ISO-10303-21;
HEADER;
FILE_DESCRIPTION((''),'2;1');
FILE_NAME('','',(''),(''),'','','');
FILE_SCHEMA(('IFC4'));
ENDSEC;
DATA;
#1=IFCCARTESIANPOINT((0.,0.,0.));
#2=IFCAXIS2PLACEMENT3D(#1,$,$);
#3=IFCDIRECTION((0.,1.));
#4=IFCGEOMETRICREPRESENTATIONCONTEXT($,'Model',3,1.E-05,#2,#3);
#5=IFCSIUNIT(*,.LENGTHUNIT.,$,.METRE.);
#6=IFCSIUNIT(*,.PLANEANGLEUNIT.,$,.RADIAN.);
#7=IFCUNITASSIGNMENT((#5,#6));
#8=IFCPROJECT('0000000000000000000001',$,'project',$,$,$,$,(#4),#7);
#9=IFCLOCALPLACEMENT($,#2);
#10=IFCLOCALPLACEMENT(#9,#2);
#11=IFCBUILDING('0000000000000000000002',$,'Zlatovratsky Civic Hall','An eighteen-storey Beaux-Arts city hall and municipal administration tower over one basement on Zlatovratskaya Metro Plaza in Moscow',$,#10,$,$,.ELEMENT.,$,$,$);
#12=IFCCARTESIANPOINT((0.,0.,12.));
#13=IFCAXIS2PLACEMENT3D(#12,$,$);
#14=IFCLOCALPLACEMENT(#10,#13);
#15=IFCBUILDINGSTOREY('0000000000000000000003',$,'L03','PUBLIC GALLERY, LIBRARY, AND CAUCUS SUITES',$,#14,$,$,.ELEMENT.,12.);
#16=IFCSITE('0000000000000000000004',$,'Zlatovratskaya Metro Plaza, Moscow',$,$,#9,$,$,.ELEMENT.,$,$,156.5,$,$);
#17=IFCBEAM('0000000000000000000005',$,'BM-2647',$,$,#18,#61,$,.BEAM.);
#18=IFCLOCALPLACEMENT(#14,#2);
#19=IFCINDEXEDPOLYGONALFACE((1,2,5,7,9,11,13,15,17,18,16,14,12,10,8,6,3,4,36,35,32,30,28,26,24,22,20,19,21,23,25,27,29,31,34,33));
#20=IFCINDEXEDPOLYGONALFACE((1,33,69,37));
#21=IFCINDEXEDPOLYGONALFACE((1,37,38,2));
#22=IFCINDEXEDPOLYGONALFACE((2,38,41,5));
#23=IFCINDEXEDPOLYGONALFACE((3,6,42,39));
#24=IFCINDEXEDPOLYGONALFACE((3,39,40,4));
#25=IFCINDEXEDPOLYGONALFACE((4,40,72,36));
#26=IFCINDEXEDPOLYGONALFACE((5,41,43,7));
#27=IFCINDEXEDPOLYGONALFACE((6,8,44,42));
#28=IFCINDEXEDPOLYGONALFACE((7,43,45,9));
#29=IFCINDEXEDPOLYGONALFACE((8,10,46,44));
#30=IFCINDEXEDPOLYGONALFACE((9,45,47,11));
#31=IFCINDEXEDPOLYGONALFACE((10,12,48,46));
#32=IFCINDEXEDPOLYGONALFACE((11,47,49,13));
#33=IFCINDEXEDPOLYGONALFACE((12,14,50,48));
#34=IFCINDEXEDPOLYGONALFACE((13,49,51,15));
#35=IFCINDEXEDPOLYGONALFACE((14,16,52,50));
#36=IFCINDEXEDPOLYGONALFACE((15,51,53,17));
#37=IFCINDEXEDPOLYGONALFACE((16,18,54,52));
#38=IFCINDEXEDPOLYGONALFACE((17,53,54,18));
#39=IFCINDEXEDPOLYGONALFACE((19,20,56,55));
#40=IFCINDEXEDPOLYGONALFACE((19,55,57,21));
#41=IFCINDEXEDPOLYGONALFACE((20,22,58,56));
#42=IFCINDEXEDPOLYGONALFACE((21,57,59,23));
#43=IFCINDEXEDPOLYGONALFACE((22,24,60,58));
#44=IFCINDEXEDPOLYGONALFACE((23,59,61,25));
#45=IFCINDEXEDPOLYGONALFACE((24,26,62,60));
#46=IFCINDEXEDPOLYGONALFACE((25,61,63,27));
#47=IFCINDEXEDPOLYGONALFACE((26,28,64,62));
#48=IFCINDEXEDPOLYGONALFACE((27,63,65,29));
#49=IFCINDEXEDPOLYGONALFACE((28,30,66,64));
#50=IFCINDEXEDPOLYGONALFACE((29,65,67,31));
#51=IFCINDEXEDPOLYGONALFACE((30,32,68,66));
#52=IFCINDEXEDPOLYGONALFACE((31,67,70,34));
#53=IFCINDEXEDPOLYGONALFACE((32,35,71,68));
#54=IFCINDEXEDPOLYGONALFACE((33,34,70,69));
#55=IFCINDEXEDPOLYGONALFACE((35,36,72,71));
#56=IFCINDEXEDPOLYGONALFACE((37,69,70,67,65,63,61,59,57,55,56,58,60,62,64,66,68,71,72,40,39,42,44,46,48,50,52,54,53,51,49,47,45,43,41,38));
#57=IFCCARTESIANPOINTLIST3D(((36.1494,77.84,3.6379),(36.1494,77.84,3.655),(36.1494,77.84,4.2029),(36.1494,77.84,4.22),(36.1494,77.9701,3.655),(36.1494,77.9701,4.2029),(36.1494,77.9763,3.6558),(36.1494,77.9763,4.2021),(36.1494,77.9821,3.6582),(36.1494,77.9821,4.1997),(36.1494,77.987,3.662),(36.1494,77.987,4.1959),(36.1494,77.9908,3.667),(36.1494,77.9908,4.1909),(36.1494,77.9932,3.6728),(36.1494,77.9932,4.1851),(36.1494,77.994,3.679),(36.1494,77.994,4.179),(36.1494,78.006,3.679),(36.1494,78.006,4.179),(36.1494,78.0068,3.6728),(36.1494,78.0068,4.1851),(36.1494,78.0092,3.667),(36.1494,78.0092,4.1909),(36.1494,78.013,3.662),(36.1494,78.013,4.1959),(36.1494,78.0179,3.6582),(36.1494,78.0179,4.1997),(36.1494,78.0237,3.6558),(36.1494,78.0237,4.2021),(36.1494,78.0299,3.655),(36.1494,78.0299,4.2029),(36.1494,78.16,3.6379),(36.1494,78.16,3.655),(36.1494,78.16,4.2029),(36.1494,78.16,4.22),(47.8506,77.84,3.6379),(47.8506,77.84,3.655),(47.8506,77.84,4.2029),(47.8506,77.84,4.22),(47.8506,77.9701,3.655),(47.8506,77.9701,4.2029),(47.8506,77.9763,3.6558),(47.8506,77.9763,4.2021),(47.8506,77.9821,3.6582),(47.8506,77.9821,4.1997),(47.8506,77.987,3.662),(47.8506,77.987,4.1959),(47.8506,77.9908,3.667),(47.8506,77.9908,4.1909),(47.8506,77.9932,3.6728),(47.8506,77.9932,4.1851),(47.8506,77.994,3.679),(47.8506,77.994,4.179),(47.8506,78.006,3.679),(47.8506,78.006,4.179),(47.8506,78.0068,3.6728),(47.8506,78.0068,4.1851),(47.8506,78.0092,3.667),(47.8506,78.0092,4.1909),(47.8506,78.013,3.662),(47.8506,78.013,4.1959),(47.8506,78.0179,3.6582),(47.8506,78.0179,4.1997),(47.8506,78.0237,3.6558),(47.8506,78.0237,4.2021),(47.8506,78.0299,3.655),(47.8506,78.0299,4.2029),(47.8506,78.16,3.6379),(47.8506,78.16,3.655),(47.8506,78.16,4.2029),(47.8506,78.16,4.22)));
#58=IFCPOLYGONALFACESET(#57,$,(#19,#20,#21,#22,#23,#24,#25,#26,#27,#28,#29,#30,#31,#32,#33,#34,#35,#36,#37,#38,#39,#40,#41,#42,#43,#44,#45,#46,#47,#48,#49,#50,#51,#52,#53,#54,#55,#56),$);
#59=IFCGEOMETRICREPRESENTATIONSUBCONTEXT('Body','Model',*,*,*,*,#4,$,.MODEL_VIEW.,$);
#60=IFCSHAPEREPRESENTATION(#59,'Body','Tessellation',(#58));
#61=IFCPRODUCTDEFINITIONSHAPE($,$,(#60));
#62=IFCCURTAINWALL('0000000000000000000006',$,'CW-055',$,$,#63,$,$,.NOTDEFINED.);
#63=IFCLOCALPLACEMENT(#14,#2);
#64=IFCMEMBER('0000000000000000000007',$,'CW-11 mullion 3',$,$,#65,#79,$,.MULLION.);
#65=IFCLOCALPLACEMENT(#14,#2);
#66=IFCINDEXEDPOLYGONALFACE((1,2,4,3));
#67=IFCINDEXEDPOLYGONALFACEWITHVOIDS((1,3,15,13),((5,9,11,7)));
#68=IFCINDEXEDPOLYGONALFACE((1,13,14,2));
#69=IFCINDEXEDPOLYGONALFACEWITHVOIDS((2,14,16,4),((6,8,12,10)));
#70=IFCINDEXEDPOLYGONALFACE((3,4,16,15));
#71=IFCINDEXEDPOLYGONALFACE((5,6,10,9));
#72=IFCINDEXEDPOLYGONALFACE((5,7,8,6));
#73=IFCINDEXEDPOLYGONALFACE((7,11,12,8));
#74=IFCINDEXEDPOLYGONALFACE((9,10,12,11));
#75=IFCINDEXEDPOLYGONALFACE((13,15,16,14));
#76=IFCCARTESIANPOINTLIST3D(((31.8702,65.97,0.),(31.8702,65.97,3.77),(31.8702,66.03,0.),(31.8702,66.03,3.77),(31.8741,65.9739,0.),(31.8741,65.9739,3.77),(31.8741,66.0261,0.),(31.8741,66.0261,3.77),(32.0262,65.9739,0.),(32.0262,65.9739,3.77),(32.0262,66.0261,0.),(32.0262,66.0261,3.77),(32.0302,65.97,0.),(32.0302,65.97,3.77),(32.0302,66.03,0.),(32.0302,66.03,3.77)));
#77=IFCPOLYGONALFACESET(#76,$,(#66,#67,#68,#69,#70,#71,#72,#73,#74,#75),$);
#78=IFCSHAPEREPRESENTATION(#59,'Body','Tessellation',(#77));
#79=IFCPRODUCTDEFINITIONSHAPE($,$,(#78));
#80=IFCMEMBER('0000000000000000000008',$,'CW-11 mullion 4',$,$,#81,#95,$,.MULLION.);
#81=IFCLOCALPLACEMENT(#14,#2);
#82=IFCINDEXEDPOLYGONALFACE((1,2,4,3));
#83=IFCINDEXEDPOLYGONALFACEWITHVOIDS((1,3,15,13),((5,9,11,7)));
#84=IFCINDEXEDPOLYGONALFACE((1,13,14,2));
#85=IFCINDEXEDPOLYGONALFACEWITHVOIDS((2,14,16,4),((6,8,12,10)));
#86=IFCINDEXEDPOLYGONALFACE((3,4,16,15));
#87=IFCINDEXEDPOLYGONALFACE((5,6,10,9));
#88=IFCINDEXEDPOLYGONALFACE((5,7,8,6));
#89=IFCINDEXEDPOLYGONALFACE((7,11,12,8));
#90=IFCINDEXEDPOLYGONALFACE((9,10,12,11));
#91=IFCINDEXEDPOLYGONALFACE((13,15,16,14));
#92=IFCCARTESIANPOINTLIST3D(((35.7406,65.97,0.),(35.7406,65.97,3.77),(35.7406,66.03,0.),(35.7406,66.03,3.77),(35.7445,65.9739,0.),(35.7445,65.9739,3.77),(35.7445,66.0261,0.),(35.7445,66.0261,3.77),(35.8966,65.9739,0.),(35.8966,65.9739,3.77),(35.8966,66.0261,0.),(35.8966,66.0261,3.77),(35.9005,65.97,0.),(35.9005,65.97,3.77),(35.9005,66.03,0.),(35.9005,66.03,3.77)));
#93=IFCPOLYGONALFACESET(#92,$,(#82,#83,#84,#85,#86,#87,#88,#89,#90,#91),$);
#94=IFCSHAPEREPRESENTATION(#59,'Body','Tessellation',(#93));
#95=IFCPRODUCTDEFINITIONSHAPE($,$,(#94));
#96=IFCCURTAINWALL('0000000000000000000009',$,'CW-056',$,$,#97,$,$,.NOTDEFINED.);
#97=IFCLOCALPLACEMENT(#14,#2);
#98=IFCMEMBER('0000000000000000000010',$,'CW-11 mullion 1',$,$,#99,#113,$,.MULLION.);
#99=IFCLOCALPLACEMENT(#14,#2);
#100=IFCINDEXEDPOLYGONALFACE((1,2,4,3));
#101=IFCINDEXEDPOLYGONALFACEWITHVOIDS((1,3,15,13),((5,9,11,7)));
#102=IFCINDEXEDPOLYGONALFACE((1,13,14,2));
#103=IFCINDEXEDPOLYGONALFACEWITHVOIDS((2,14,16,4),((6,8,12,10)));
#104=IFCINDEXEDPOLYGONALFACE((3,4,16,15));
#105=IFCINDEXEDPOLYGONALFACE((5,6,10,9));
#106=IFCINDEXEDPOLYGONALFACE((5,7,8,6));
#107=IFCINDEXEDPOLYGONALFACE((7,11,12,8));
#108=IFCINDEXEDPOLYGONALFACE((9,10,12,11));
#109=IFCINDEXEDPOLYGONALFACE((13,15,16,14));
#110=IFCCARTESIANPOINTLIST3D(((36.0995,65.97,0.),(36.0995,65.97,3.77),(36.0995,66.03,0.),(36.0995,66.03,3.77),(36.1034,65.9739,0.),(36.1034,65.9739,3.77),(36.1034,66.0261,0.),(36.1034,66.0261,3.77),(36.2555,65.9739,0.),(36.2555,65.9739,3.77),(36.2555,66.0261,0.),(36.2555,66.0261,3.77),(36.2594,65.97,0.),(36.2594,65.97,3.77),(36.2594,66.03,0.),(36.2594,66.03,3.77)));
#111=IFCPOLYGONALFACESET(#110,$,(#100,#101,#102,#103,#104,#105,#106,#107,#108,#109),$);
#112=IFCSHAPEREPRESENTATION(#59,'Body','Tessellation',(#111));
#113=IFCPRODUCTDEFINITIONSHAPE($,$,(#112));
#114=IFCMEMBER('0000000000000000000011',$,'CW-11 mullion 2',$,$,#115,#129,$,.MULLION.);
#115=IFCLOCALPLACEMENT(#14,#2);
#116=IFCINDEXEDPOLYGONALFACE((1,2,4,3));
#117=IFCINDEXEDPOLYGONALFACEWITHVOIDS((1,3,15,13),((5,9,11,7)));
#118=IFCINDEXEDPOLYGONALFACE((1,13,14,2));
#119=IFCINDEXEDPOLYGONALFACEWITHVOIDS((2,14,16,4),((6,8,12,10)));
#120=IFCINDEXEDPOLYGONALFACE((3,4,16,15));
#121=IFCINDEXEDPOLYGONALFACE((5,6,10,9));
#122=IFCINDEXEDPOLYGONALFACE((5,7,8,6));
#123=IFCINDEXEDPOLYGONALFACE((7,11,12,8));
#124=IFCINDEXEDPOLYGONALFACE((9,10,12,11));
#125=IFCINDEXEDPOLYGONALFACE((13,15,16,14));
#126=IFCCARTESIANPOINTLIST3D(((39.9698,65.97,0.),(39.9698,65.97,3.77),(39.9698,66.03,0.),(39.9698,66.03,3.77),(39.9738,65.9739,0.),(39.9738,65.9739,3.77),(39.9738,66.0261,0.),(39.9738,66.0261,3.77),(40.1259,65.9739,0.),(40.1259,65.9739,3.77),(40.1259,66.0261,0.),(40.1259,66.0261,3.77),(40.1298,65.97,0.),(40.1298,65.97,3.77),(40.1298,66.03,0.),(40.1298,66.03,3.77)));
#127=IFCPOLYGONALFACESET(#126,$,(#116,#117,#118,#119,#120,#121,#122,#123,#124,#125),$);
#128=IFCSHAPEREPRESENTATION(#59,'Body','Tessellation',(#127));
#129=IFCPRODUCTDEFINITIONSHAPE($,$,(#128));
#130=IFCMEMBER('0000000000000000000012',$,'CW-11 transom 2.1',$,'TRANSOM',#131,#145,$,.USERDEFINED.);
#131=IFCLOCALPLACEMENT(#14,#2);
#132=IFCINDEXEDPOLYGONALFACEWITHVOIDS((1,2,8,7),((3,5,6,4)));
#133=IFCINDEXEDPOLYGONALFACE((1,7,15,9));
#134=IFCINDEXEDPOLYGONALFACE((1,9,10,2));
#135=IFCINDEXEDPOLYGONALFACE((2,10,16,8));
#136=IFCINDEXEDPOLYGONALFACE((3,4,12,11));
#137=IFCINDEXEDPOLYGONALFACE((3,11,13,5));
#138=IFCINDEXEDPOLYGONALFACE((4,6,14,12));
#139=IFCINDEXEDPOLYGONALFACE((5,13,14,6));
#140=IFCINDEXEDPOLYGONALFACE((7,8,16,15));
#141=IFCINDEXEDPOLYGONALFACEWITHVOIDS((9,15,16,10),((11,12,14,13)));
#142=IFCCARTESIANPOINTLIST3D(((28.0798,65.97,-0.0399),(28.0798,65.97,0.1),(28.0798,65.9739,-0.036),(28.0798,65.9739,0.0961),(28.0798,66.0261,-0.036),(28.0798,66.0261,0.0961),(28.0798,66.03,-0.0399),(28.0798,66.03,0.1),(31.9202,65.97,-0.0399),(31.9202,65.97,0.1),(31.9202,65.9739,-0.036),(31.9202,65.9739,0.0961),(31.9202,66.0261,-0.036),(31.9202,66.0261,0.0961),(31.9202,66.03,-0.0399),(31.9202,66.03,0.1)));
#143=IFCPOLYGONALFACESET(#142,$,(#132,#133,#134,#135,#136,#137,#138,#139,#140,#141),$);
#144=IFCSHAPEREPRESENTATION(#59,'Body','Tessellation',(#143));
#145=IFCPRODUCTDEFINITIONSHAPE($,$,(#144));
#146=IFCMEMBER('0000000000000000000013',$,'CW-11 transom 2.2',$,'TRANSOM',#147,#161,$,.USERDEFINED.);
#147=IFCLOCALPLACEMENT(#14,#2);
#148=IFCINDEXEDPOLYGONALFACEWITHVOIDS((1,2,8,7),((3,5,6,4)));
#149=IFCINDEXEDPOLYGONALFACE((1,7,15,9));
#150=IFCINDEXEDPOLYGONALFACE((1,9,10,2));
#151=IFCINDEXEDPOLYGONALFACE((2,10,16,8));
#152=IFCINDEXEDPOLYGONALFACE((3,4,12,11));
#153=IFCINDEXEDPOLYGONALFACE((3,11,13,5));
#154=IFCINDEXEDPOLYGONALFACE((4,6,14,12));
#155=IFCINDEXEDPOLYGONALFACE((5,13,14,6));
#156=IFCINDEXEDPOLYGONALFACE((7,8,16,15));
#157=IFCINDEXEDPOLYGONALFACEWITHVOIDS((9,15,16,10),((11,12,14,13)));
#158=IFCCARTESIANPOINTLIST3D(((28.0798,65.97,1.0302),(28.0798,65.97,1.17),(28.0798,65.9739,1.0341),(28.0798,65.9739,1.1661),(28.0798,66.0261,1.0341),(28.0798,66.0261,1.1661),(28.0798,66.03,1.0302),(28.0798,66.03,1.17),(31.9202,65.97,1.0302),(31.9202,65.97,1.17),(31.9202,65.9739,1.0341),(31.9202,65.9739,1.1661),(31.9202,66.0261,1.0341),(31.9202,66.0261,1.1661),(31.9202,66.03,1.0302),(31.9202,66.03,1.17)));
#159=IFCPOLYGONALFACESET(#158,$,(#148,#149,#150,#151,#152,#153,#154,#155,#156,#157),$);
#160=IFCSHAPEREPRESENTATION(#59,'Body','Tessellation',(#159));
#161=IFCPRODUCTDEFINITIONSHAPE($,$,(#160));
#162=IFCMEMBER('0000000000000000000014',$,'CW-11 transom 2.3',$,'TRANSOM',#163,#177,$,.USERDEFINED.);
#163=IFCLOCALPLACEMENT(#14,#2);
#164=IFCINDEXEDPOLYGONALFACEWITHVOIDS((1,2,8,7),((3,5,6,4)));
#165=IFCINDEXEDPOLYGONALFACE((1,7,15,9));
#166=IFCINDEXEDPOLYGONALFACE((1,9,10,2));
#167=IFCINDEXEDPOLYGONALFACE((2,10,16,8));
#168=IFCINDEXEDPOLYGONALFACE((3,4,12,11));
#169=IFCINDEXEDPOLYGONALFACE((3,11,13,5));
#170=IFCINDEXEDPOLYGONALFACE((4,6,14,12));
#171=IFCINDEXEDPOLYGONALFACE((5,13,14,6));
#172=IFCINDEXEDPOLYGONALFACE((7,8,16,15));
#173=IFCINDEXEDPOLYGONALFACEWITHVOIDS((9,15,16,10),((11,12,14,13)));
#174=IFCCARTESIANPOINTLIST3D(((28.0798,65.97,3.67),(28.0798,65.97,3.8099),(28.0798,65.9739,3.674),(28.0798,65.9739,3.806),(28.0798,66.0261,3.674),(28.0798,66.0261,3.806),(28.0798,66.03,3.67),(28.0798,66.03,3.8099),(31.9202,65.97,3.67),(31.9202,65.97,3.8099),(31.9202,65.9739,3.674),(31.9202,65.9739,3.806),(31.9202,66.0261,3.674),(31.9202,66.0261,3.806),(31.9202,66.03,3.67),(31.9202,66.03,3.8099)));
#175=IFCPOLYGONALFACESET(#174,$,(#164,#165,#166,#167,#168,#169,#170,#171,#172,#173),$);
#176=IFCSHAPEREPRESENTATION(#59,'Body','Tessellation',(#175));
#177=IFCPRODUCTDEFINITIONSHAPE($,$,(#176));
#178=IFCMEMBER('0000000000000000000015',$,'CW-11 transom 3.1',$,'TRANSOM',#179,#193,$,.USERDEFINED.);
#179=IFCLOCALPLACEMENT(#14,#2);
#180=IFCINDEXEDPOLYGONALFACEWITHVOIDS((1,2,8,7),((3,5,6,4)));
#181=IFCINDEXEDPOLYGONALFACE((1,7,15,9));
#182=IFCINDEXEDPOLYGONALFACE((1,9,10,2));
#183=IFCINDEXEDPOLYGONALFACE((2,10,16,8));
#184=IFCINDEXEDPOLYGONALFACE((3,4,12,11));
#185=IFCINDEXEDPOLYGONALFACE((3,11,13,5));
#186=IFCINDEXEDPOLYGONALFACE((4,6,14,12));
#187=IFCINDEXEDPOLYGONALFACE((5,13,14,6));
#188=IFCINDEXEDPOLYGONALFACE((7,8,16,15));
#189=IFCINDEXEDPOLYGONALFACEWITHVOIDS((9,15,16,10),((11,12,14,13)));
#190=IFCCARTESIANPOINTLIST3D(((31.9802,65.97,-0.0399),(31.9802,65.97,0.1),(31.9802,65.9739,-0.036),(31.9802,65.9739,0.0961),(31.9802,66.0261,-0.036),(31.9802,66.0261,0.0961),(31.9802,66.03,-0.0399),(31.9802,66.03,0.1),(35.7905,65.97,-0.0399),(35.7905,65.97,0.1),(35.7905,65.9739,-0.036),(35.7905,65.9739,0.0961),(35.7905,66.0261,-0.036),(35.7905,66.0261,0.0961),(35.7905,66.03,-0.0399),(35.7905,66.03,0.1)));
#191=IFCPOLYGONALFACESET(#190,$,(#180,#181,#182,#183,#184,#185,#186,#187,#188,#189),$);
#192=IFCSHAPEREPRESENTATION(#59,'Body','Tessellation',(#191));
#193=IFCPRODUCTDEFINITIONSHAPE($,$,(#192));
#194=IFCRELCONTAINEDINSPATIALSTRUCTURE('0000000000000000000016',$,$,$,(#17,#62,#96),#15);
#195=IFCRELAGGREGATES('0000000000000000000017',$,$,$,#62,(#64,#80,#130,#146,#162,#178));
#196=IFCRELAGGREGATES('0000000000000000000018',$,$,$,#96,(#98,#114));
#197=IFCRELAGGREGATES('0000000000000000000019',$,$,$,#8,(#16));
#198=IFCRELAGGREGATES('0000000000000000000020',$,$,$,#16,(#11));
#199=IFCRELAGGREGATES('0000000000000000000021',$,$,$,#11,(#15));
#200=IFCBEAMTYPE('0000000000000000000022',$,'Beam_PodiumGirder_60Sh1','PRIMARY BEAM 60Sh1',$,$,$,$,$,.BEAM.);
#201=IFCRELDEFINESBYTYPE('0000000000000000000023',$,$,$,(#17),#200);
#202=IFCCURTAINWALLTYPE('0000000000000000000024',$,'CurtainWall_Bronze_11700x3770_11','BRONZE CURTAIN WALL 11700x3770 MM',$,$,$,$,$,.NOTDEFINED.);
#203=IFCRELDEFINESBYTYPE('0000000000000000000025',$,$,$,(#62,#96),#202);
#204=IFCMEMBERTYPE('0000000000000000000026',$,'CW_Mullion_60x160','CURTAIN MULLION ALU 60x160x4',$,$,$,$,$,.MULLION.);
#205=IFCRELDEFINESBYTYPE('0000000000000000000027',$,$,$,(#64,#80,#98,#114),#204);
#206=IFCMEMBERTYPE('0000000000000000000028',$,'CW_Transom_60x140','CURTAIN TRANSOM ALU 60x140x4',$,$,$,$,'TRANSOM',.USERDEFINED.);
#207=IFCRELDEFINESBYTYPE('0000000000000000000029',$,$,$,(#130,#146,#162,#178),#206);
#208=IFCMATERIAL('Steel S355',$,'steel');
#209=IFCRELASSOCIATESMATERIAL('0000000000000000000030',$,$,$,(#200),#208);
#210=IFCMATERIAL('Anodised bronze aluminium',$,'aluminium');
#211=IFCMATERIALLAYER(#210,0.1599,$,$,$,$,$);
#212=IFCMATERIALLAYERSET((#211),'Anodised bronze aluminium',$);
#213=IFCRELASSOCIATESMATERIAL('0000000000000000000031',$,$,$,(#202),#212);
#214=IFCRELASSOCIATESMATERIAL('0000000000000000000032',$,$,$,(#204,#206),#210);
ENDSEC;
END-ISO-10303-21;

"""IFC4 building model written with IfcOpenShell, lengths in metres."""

from ifc_helpers import new_model, si_unit, direction, frame, origin, origin_2d, place, context, subcontext, project, spatial, hollow_rectangle, i_section, extrude, material, layer, layer_set, material_profile, profile_set, type_object, element, aggregate, save


model = new_model("IFC4")

# Units and contexts
model_context = context("Model", 3, precision=1e-05, world=origin(), true_north=direction((0.0, 1.0)))
body_context = subcontext(model_context, "Body", "Model", "MODEL_VIEW")
ifc_project = project(units=[si_unit("LENGTHUNIT", "METRE"), si_unit("PLANEANGLEUNIT", "RADIAN")], contexts=[model_context])

# Site, building, storey
site_placement = place(None, origin())
site = spatial("IfcSite", under=ifc_project, at=site_placement, Name="Zlatovratskaya Metro Plaza, Moscow", CompositionType="ELEMENT", RefElevation=156.5)
building_placement = place(site_placement, origin())
building = spatial("IfcBuilding", under=site, at=building_placement, Name="Zlatovratsky Civic Hall", Description="An eighteen-storey Beaux-Arts city hall and municipal administration tower over one basement on Zlatovratskaya Metro Plaza in Moscow", CompositionType="ELEMENT")
storey_placement = place(building_placement, frame((0.0, 0.0, 12.0)))
storey = spatial("IfcBuildingStorey", under=building, at=storey_placement, Name="L03", Description="PUBLIC GALLERY, LIBRARY, AND CAUCUS SUITES", CompositionType="ELEMENT", Elevation=12.0)

# Shared definitions
ifc_material_1 = material(Name="Steel S355", Category="steel")

# Beam
ifc_material_profile_1 = material_profile(ifc_material_1, i_section(OverallWidth=0.3201, OverallDepth=0.582, WebThickness=0.012, FlangeThickness=0.0171, FilletRadius=0.0239, at=origin_2d()), Name="60Sh1")
ifc_profile_set_1 = profile_set([ifc_material_profile_1], Name="Steel S355")
beam_type_1 = type_object("IfcBeamType", Name="Beam_PodiumGirder_60Sh1", Description="PRIMARY BEAM 60Sh1", PredefinedType="BEAM", material=ifc_profile_set_1)
for number, where, z_axis, x_axis, name in (
    (1, (36.1494, 78.0, 3.929), (1.0, 0.0, 0.0), (0.0, 1.0, 0.0), "BM-2647"),
):
    element("IfcBeam", number, at=place(storey_placement, frame(where, z_axis=z_axis, x_axis=x_axis)), inside=storey, type_object=beam_type_1, Name=name, PredefinedType="BEAM", context=body_context, shape_type="SweptSolid", body=[
        extrude(i_section(OverallWidth=0.3201, OverallDepth=0.582, WebThickness=0.012, FlangeThickness=0.0171, FilletRadius=0.0239, at=origin_2d()), origin(), (0.0, 0.0, 1.0), 11.7012),
    ])

# Curtain walls, members
ifc_material_2 = material(Name="Anodised bronze aluminium", Category="aluminium")
ifc_layer_1 = layer(ifc_material_2, 0.1599)
ifc_layer_set_1 = layer_set([ifc_layer_1], Name="Anodised bronze aluminium")
curtain_wall_type = type_object("IfcCurtainWallType", Name="CurtainWall_Bronze_11700x3770_11", Description="BRONZE CURTAIN WALL 11700x3770 MM", PredefinedType="NOTDEFINED", material=ifc_layer_set_1)
curtain_wall_1_placement = place(storey_placement, origin())
curtain_wall_1 = element("IfcCurtainWall", 2, at=curtain_wall_1_placement, inside=storey, type_object=curtain_wall_type, Name="CW-055", PredefinedType="NOTDEFINED")
ifc_material_profile_2 = material_profile(ifc_material_2, hollow_rectangle(XDim=0.0601, YDim=0.1599, WallThickness=0.0039, at=origin_2d()), Name="ALU 60x160x4")
ifc_profile_set_2 = profile_set([ifc_material_profile_2], Name="Anodised bronze aluminium")
member_type_1 = type_object("IfcMemberType", Name="CW_Mullion_60x160", Description="CURTAIN MULLION ALU 60x160x4", PredefinedType="MULLION", material=ifc_profile_set_2)
member_1_placement = place(storey_placement, frame((31.9502, 66.0, 0.0), z_axis=(0.0, 0.0, 1.0), x_axis=(0.0, 1.0, 0.0)))
member_1 = element("IfcMember", 3, at=member_1_placement, type_object=member_type_1, Name="CW-11 mullion 3", PredefinedType="MULLION", context=body_context, shape_type="SweptSolid", body=[
    extrude(hollow_rectangle(XDim=0.0601, YDim=0.1599, WallThickness=0.0039, at=origin_2d()), origin(), (0.0, 0.0, 1.0), 3.77),
])
member_2_placement = place(storey_placement, frame((35.8206, 66.0, 0.0), z_axis=(0.0, 0.0, 1.0), x_axis=(0.0, 1.0, 0.0)))
member_2 = element("IfcMember", 4, at=member_2_placement, type_object=member_type_1, Name="CW-11 mullion 4", PredefinedType="MULLION", context=body_context, shape_type="SweptSolid", body=[
    extrude(hollow_rectangle(XDim=0.0601, YDim=0.1599, WallThickness=0.0039, at=origin_2d()), origin(), (0.0, 0.0, 1.0), 3.77),
])
curtain_wall_2_placement = place(storey_placement, origin())
curtain_wall_2 = element("IfcCurtainWall", 5, at=curtain_wall_2_placement, inside=storey, type_object=curtain_wall_type, Name="CW-056", PredefinedType="NOTDEFINED")
member_3_placement = place(storey_placement, frame((36.1794, 66.0, 0.0), z_axis=(0.0, 0.0, 1.0), x_axis=(0.0, 1.0, 0.0)))
member_3 = element("IfcMember", 6, at=member_3_placement, type_object=member_type_1, Name="CW-11 mullion 1", PredefinedType="MULLION", context=body_context, shape_type="SweptSolid", body=[
    extrude(hollow_rectangle(XDim=0.0601, YDim=0.1599, WallThickness=0.0039, at=origin_2d()), origin(), (0.0, 0.0, 1.0), 3.77),
])
member_4_placement = place(storey_placement, frame((40.0498, 66.0, 0.0), z_axis=(0.0, 0.0, 1.0), x_axis=(0.0, 1.0, 0.0)))
member_4 = element("IfcMember", 7, at=member_4_placement, type_object=member_type_1, Name="CW-11 mullion 2", PredefinedType="MULLION", context=body_context, shape_type="SweptSolid", body=[
    extrude(hollow_rectangle(XDim=0.0601, YDim=0.1599, WallThickness=0.0039, at=origin_2d()), origin(), (0.0, 0.0, 1.0), 3.77),
])

# Members
ifc_material_profile_3 = material_profile(ifc_material_2, hollow_rectangle(XDim=0.0601, YDim=0.1399, WallThickness=0.0039, at=origin_2d()), Name="ALU 60x140x4")
ifc_profile_set_3 = profile_set([ifc_material_profile_3], Name="Anodised bronze aluminium")
member_type_2 = type_object("IfcMemberType", Name="CW_Transom_60x140", Description="CURTAIN TRANSOM ALU 60x140x4", ElementType="TRANSOM", PredefinedType="USERDEFINED", material=ifc_profile_set_3)
member_5_placement = place(storey_placement, frame((28.0798, 66.0, 0.03), z_axis=(1.0, 0.0, 0.0), x_axis=(0.0, 1.0, 0.0)))
member_5 = element("IfcMember", 8, at=member_5_placement, type_object=member_type_2, Name="CW-11 transom 2.1", ObjectType="TRANSOM", PredefinedType="USERDEFINED", context=body_context, shape_type="SweptSolid", body=[
    extrude(hollow_rectangle(XDim=0.0601, YDim=0.1399, WallThickness=0.0039, at=origin_2d()), origin(), (0.0, 0.0, 1.0), 3.8403),
])
member_6_placement = place(storey_placement, frame((28.0798, 66.0, 1.1001), z_axis=(1.0, 0.0, 0.0), x_axis=(0.0, 1.0, 0.0)))
member_6 = element("IfcMember", 9, at=member_6_placement, type_object=member_type_2, Name="CW-11 transom 2.2", ObjectType="TRANSOM", PredefinedType="USERDEFINED", context=body_context, shape_type="SweptSolid", body=[
    extrude(hollow_rectangle(XDim=0.0601, YDim=0.1399, WallThickness=0.0039, at=origin_2d()), origin(), (0.0, 0.0, 1.0), 3.8403),
])
member_7_placement = place(storey_placement, frame((28.0798, 66.0, 3.74), z_axis=(1.0, 0.0, 0.0), x_axis=(0.0, 1.0, 0.0)))
member_7 = element("IfcMember", 10, at=member_7_placement, type_object=member_type_2, Name="CW-11 transom 2.3", ObjectType="TRANSOM", PredefinedType="USERDEFINED", context=body_context, shape_type="SweptSolid", body=[
    extrude(hollow_rectangle(XDim=0.0601, YDim=0.1399, WallThickness=0.0039, at=origin_2d()), origin(), (0.0, 0.0, 1.0), 3.8403),
])
member_8_placement = place(storey_placement, frame((31.9802, 66.0, 0.03), z_axis=(1.0, 0.0, 0.0), x_axis=(0.0, 1.0, 0.0)))
member_8 = element("IfcMember", 11, at=member_8_placement, type_object=member_type_2, Name="CW-11 transom 3.1", ObjectType="TRANSOM", PredefinedType="USERDEFINED", context=body_context, shape_type="SweptSolid", body=[
    extrude(hollow_rectangle(XDim=0.0601, YDim=0.1399, WallThickness=0.0039, at=origin_2d()), origin(), (0.0, 0.0, 1.0), 3.8103),
])

aggregate(curtain_wall_1, [member_1, member_2, member_5, member_6, member_7, member_8])
aggregate(curtain_wall_2, [member_3, member_4])

save(model, "model.ifc")
